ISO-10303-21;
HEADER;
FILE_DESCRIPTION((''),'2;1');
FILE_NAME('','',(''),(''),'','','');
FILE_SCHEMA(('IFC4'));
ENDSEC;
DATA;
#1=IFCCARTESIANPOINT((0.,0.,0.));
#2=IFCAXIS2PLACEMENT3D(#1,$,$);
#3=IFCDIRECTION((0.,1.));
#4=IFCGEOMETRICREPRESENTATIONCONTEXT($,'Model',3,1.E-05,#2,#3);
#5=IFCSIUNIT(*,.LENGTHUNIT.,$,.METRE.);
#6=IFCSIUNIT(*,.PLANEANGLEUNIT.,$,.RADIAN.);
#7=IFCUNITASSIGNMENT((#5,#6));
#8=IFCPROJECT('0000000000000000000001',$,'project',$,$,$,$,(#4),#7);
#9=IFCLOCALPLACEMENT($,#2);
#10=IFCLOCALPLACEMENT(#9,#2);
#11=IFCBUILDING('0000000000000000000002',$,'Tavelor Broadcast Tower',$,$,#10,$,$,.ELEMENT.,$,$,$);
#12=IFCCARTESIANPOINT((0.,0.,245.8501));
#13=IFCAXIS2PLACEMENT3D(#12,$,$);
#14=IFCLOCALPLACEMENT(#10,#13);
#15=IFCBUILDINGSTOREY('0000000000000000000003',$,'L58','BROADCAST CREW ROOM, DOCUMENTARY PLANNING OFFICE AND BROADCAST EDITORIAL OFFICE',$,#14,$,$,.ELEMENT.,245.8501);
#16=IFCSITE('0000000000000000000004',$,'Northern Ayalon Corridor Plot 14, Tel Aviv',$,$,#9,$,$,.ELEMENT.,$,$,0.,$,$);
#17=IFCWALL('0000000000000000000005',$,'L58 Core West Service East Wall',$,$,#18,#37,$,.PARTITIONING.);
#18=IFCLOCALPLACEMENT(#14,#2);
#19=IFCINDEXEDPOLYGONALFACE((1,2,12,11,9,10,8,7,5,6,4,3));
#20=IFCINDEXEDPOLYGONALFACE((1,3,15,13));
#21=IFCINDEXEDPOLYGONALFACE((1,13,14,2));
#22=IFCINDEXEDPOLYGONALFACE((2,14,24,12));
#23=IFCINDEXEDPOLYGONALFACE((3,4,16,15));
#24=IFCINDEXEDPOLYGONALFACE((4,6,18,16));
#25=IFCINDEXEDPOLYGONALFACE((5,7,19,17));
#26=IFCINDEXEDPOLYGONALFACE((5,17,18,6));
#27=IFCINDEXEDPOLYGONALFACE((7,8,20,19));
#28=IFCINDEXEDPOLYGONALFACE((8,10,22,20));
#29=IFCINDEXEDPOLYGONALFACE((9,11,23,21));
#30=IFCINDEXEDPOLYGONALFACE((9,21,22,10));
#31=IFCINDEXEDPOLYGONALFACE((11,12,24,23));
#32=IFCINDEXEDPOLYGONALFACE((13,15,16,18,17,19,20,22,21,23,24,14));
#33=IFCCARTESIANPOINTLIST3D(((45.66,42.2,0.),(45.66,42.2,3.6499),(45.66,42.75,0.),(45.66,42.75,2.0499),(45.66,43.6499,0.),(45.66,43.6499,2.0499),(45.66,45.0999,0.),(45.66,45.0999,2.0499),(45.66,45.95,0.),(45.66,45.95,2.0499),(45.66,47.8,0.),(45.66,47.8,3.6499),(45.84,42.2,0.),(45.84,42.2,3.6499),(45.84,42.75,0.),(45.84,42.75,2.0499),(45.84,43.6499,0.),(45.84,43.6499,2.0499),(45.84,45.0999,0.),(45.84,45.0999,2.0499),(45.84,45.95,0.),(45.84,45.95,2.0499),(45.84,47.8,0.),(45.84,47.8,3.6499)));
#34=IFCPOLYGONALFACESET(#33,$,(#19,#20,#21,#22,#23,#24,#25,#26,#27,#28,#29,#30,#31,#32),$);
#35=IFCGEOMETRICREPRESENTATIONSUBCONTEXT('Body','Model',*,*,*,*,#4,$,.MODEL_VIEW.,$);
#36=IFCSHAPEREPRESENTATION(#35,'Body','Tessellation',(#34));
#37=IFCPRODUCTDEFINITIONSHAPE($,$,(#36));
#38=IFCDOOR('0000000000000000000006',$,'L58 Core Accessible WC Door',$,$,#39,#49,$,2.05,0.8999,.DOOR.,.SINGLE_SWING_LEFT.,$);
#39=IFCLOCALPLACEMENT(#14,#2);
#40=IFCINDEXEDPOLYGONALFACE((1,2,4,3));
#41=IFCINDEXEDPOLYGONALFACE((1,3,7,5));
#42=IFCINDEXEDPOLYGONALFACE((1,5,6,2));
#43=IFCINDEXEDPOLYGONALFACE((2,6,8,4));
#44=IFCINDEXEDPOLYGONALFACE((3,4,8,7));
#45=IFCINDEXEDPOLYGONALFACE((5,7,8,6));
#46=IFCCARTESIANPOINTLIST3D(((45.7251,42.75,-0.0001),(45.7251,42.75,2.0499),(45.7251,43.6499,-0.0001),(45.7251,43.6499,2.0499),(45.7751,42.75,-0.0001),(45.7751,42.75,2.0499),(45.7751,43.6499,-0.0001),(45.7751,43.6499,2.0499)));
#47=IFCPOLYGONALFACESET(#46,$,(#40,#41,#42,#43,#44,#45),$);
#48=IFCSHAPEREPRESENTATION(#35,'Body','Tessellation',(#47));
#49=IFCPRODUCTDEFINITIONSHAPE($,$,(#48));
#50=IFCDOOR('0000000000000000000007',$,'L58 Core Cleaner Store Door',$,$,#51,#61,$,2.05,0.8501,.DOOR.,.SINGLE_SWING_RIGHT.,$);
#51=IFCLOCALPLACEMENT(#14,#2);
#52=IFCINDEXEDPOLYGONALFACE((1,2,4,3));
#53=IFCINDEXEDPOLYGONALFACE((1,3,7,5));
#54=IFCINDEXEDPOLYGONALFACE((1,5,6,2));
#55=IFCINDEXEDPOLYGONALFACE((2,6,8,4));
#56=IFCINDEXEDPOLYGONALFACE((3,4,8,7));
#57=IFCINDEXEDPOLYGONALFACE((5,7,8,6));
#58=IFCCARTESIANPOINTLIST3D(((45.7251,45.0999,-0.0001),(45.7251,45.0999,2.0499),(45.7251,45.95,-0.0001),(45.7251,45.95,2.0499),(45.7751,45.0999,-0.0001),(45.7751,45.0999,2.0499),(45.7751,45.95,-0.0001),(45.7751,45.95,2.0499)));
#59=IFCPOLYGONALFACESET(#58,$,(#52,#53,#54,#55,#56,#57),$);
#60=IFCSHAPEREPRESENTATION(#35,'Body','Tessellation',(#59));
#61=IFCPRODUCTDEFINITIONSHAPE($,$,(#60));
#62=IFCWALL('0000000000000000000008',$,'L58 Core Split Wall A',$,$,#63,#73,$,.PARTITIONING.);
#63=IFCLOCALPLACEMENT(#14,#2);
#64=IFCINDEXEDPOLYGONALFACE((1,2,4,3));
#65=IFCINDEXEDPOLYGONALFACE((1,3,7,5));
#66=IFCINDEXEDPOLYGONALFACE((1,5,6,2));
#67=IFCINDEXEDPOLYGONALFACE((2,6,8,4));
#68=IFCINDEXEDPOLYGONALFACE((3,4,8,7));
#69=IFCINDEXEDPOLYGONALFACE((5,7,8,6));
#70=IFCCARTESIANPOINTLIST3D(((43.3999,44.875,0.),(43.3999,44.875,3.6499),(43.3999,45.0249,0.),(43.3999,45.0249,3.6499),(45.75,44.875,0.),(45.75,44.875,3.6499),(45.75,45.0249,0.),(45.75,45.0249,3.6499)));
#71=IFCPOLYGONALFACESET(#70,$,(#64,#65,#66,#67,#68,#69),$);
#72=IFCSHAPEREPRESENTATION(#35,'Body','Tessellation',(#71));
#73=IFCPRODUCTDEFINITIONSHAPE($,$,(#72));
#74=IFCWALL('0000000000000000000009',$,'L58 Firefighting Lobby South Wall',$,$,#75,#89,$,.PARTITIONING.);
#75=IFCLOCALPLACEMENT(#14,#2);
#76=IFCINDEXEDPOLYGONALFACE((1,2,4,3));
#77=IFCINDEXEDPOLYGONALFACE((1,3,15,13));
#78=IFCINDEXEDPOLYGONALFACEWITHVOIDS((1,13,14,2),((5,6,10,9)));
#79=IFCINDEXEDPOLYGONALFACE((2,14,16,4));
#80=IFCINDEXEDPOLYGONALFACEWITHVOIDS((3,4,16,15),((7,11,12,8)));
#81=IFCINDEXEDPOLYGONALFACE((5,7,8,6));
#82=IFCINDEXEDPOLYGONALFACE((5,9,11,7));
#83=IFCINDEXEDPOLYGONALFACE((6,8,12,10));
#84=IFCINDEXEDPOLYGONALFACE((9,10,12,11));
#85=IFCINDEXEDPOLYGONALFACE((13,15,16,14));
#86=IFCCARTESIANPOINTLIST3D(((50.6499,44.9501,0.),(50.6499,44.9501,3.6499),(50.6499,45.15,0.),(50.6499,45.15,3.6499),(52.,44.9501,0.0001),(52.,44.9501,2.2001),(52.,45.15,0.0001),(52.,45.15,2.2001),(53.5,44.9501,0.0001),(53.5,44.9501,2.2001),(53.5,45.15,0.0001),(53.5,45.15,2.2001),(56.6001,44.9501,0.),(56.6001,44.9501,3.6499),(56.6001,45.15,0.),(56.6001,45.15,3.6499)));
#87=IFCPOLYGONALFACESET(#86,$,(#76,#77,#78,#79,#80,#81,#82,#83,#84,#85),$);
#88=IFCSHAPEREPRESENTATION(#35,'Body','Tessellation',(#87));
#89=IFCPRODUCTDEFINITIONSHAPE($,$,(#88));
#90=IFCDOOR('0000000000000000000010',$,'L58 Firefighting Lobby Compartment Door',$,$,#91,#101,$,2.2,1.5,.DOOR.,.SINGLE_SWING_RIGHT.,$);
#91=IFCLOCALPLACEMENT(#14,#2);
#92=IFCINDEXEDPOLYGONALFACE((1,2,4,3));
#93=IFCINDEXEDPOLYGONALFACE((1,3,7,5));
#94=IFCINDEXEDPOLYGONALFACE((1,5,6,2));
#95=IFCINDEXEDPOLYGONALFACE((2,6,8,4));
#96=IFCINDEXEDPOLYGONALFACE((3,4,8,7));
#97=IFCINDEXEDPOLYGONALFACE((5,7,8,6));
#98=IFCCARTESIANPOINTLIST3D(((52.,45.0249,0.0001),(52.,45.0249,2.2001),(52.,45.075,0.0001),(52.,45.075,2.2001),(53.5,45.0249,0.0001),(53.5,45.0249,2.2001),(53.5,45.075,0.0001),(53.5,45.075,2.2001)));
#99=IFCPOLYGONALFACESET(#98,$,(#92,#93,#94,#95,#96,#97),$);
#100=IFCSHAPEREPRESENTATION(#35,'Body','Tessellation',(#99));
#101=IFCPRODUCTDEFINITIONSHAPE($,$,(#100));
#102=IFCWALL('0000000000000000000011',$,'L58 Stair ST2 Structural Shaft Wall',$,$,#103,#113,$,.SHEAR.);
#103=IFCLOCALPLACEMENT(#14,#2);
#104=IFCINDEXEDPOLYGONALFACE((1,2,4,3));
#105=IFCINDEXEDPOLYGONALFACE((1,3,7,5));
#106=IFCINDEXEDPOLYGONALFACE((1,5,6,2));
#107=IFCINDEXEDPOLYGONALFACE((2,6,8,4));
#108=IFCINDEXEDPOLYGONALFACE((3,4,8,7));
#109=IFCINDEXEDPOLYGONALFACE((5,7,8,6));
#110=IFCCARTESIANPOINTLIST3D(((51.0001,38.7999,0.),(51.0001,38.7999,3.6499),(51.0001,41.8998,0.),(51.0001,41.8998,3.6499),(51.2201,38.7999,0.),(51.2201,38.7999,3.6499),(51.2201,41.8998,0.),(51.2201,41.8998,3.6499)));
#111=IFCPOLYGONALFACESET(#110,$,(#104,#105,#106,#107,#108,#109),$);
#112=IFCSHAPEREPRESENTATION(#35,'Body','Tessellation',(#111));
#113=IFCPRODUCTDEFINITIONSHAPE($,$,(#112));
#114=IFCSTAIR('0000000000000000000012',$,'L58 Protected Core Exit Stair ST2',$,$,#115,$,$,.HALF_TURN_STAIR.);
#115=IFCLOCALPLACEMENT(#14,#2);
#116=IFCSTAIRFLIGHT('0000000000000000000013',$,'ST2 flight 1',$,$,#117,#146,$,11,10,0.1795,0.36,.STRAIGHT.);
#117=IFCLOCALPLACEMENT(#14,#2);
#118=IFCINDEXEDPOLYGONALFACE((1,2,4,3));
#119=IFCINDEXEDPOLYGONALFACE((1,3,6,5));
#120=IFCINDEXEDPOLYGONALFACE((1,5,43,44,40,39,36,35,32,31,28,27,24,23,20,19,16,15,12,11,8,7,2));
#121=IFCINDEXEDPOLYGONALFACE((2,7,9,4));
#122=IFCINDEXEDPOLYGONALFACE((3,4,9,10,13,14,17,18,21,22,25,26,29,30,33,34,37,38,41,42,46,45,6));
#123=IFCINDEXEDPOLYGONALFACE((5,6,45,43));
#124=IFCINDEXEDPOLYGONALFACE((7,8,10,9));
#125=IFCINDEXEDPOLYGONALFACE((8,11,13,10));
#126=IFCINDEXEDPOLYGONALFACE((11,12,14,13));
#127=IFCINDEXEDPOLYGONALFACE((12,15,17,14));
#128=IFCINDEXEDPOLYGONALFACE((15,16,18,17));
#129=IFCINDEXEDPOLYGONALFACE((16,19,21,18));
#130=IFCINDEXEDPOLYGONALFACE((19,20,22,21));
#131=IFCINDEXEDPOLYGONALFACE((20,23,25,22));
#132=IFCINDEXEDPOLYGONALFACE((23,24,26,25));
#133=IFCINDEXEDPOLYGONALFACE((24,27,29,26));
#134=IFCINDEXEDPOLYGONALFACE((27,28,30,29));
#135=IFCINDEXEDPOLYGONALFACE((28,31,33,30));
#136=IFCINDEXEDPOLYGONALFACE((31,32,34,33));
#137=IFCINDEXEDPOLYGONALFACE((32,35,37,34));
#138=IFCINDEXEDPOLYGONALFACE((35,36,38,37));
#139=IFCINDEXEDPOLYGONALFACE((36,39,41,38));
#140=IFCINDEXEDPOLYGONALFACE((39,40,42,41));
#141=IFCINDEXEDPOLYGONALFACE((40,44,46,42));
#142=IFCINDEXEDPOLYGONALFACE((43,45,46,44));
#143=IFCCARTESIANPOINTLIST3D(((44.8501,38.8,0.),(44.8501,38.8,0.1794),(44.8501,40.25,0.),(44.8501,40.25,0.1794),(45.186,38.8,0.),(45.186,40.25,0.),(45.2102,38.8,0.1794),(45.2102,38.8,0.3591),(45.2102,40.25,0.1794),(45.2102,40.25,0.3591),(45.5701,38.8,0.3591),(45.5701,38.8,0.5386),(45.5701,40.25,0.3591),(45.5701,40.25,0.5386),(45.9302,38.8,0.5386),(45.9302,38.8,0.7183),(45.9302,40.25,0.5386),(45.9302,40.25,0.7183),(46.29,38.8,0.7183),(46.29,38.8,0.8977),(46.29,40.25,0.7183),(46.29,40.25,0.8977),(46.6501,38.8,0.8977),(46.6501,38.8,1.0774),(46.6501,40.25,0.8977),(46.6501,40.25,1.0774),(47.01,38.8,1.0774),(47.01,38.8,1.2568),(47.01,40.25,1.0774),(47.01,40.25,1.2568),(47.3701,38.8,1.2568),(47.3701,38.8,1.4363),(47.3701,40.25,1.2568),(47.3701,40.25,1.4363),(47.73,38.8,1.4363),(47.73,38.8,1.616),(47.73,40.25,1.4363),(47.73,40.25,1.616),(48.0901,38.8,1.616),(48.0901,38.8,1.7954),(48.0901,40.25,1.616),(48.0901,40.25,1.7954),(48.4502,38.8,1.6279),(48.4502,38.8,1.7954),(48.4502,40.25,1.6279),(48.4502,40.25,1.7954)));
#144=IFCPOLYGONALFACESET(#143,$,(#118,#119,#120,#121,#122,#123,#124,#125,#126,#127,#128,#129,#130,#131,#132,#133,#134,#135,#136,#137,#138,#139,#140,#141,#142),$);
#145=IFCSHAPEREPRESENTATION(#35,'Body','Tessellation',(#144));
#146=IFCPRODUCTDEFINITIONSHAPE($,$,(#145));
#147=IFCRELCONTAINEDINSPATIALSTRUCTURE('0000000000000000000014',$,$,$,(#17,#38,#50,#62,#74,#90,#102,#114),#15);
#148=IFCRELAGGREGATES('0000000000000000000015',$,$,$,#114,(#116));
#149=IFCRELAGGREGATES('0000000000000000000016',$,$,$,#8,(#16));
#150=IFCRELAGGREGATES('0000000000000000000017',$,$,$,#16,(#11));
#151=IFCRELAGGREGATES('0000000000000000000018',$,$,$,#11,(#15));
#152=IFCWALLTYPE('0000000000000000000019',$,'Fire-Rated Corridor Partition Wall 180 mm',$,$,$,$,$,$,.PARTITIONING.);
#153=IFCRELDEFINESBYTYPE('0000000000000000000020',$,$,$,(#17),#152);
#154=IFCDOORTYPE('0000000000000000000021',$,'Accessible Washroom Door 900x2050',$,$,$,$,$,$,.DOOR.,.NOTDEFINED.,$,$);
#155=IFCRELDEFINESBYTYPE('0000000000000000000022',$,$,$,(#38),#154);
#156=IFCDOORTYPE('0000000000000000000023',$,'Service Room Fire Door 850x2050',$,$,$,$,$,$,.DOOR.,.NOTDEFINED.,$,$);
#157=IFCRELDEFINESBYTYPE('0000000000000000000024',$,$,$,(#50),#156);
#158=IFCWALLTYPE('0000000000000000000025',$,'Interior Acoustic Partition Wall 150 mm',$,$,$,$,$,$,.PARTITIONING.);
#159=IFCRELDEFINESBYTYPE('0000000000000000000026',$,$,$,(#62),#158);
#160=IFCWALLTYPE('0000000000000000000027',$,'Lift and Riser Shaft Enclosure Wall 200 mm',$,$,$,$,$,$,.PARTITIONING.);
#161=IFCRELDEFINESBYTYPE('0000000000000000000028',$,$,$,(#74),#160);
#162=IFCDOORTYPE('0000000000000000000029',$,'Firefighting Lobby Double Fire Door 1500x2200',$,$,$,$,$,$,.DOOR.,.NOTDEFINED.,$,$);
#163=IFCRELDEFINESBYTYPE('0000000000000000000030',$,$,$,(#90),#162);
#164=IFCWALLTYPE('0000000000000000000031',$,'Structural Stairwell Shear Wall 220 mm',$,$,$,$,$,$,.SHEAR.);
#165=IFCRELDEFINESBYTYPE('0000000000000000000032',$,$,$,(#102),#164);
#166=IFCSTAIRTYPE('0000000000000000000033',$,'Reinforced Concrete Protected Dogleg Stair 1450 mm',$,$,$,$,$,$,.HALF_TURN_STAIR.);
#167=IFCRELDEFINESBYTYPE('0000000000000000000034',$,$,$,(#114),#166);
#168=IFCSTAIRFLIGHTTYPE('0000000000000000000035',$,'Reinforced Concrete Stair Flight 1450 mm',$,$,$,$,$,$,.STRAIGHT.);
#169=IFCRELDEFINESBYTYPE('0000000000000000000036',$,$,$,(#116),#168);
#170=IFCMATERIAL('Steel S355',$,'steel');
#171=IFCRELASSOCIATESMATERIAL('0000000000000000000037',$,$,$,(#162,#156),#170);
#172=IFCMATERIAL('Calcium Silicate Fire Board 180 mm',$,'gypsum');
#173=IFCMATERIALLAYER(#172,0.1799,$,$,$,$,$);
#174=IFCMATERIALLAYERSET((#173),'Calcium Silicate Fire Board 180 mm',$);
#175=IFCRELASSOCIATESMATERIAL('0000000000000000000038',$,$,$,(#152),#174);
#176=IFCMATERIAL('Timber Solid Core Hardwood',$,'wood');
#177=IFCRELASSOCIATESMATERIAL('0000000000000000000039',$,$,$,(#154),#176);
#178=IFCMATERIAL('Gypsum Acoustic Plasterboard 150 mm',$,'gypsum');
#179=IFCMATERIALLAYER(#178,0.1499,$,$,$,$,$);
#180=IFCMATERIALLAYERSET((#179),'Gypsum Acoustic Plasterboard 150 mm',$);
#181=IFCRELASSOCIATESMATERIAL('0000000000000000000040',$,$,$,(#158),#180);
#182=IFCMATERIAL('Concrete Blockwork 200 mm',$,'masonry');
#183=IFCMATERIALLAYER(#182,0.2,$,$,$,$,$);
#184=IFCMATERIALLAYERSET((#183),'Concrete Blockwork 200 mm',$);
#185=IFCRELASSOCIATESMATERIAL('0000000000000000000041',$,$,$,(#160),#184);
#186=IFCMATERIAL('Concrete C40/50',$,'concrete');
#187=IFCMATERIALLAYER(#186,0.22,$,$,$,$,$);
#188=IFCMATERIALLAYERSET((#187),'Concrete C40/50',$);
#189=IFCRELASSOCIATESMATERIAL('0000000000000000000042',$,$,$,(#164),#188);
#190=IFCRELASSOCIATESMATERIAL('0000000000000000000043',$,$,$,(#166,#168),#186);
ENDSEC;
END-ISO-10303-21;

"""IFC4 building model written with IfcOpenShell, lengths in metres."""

from ifc_helpers import new_model, si_unit, direction, frame, frame_2d, origin, place, context, subcontext, project, spatial, polyline, rectangle, outline, extrude, material, layer, layer_set, type_object, element, fill, aggregate, save


model = new_model("IFC4")

# Units and contexts
model_context = context("Model", 3, precision=1e-05, world=origin(), true_north=direction((0.0, 1.0)))
body_context = subcontext(model_context, "Body", "Model", "MODEL_VIEW")
ifc_project = project(units=[si_unit("LENGTHUNIT", "METRE"), si_unit("PLANEANGLEUNIT", "RADIAN")], contexts=[model_context])

# Site, building, storey
site_placement = place(None, origin())
site = spatial("IfcSite", under=ifc_project, at=site_placement, Name="Northern Ayalon Corridor Plot 14, Tel Aviv", CompositionType="ELEMENT", RefElevation=0.0)
building_placement = place(site_placement, origin())
building = spatial("IfcBuilding", under=site, at=building_placement, Name="Tavelor Broadcast Tower", CompositionType="ELEMENT")
storey_placement = place(building_placement, frame((0.0, 0.0, 245.8501)))
storey = spatial("IfcBuildingStorey", under=building, at=storey_placement, Name="L58", Description="BROADCAST CREW ROOM, DOCUMENTARY PLANNING OFFICE AND BROADCAST EDITORIAL OFFICE", CompositionType="ELEMENT", Elevation=245.8501)

# Shared definitions
ifc_material_1 = material(Name="Concrete C40/50", Category="concrete")
ifc_material_2 = material(Name="Steel S355", Category="steel")

# Shared definitions
door_type_1 = type_object("IfcDoorType", Name="Firefighting Lobby Double Fire Door 1500x2200", OperationType="NOTDEFINED", PredefinedType="DOOR", material=ifc_material_2)

# Wall, openings, doors
ifc_material_3 = material(Name="Calcium Silicate Fire Board 180 mm", Category="gypsum")
ifc_layer_1 = layer(ifc_material_3, 0.1799)
ifc_layer_set_1 = layer_set([ifc_layer_1], Name="Calcium Silicate Fire Board 180 mm")
wall_type_1 = type_object("IfcWallType", Name="Fire-Rated Corridor Partition Wall 180 mm", PredefinedType="PARTITIONING", material=ifc_layer_set_1)
wall_1_placement = place(storey_placement, frame((45.75, 42.2, 0.0), z_axis=(0.0, 0.0, 1.0), x_axis=(0.0, 1.0, 0.0)))
wall_1 = element("IfcWall", 1, at=wall_1_placement, inside=storey, type_object=wall_type_1, Name="L58 Core West Service East Wall", PredefinedType="PARTITIONING", context=body_context, shape_type="SweptSolid", body=[
    extrude(rectangle(XDim=5.6001, YDim=0.1799, at=frame_2d((2.8, 0.0))), origin(), (0.0, 0.0, 1.0), 3.6499),
])
opening_1_placement = place(wall_1_placement, frame((0.55, 0.0, 0.0)))
opening_1 = element("IfcOpeningElement", 2, at=opening_1_placement, cuts=wall_1, PredefinedType="OPENING", context=body_context, shape_type="SweptSolid", body=[
    extrude(rectangle(XDim=0.8999, YDim=2.05, at=frame_2d((0.45, 1.0249))), frame((0.0, 0.1001, 0.0), z_axis=(0.0, -1.0, 0.0), x_axis=(1.0, 0.0, 0.0)), (0.0, 0.0, 1.0), 0.2),
])
opening_2_placement = place(wall_1_placement, frame((2.8999, 0.0, 0.0)))
opening_2 = element("IfcOpeningElement", 3, at=opening_2_placement, cuts=wall_1, PredefinedType="OPENING", context=body_context, shape_type="SweptSolid", body=[
    extrude(rectangle(XDim=0.8501, YDim=2.05, at=frame_2d((0.425, 1.0249))), frame((0.0, 0.1001, 0.0), z_axis=(0.0, -1.0, 0.0), x_axis=(1.0, 0.0, 0.0)), (0.0, 0.0, 1.0), 0.2),
])
ifc_material_4 = material(Name="Timber Solid Core Hardwood", Category="wood")
door_type_2 = type_object("IfcDoorType", Name="Accessible Washroom Door 900x2050", OperationType="NOTDEFINED", PredefinedType="DOOR", material=ifc_material_4)
door_1_placement = place(opening_1_placement, origin())
door_1 = element("IfcDoor", 4, at=door_1_placement, inside=storey, type_object=door_type_2, Name="L58 Core Accessible WC Door", OperationType="SINGLE_SWING_LEFT", OverallHeight=2.05, OverallWidth=0.8999, PredefinedType="DOOR", context=body_context, shape_type="SweptSolid", body=[
    extrude(rectangle(XDim=0.8999, YDim=2.05, at=frame_2d((0.45, 1.0249))), frame((0.0, 0.0249, 0.0), z_axis=(0.0, -1.0, 0.0), x_axis=(1.0, 0.0, 0.0)), (0.0, 0.0, 1.0), 0.05),
])
fill(opening_1, door_1)
door_type_3 = type_object("IfcDoorType", Name="Service Room Fire Door 850x2050", OperationType="NOTDEFINED", PredefinedType="DOOR", material=ifc_material_2)
door_2_placement = place(opening_2_placement, origin())
door_2 = element("IfcDoor", 5, at=door_2_placement, inside=storey, type_object=door_type_3, Name="L58 Core Cleaner Store Door", OperationType="SINGLE_SWING_RIGHT", OverallHeight=2.05, OverallWidth=0.8501, PredefinedType="DOOR", context=body_context, shape_type="SweptSolid", body=[
    extrude(rectangle(XDim=0.8501, YDim=2.05, at=frame_2d((0.425, 1.0249))), frame((0.0, 0.0249, 0.0), z_axis=(0.0, -1.0, 0.0), x_axis=(1.0, 0.0, 0.0)), (0.0, 0.0, 1.0), 0.05),
])
fill(opening_2, door_2)

# Wall
ifc_material_5 = material(Name="Gypsum Acoustic Plasterboard 150 mm", Category="gypsum")
ifc_layer_2 = layer(ifc_material_5, 0.1499)
ifc_layer_set_2 = layer_set([ifc_layer_2], Name="Gypsum Acoustic Plasterboard 150 mm")
wall_type_2 = type_object("IfcWallType", Name="Interior Acoustic Partition Wall 150 mm", PredefinedType="PARTITIONING", material=ifc_layer_set_2)
wall_2_placement = place(storey_placement, frame((43.3999, 44.95, 0.0), z_axis=(0.0, 0.0, 1.0), x_axis=(1.0, 0.0, 0.0)))
element("IfcWall", 6, at=wall_2_placement, inside=storey, type_object=wall_type_2, Name="L58 Core Split Wall A", PredefinedType="PARTITIONING", context=body_context, shape_type="SweptSolid", body=[
    extrude(rectangle(XDim=2.3501, YDim=0.1499, at=frame_2d((1.175, 0.0))), origin(), (0.0, 0.0, 1.0), 3.6499),
])

# Wall, opening, door
ifc_material_6 = material(Name="Concrete Blockwork 200 mm", Category="masonry")
ifc_layer_3 = layer(ifc_material_6, 0.2)
ifc_layer_set_3 = layer_set([ifc_layer_3], Name="Concrete Blockwork 200 mm")
wall_type_3 = type_object("IfcWallType", Name="Lift and Riser Shaft Enclosure Wall 200 mm", PredefinedType="PARTITIONING", material=ifc_layer_set_3)
wall_3_placement = place(storey_placement, frame((50.6499, 45.05, 0.0), z_axis=(0.0, 0.0, 1.0), x_axis=(1.0, 0.0, 0.0)))
wall_3 = element("IfcWall", 7, at=wall_3_placement, inside=storey, type_object=wall_type_3, Name="L58 Firefighting Lobby South Wall", PredefinedType="PARTITIONING", context=body_context, shape_type="SweptSolid", body=[
    extrude(rectangle(XDim=5.9502, YDim=0.2, at=frame_2d((2.9751, 0.0))), origin(), (0.0, 0.0, 1.0), 3.6499),
])
opening_3_placement = place(wall_3_placement, frame((1.3501, 0.0, 0.0)))
opening_3 = element("IfcOpeningElement", 8, at=opening_3_placement, cuts=wall_3, PredefinedType="OPENING", context=body_context, shape_type="SweptSolid", body=[
    extrude(rectangle(XDim=1.5, YDim=2.2, at=frame_2d((0.75, 1.1001))), frame((0.0, 0.1099, 0.0), z_axis=(0.0, -1.0, 0.0), x_axis=(1.0, 0.0, 0.0)), (0.0, 0.0, 1.0), 0.22),
])
door_3_placement = place(opening_3_placement, origin())
door_3 = element("IfcDoor", 9, at=door_3_placement, inside=storey, type_object=door_type_1, Name="L58 Firefighting Lobby Compartment Door", OperationType="SINGLE_SWING_RIGHT", OverallHeight=2.2, OverallWidth=1.5, PredefinedType="DOOR", context=body_context, shape_type="SweptSolid", body=[
    extrude(rectangle(XDim=1.5, YDim=2.2, at=frame_2d((0.75, 1.1001))), frame((0.0, 0.0249, 0.0), z_axis=(0.0, -1.0, 0.0), x_axis=(1.0, 0.0, 0.0)), (0.0, 0.0, 1.0), 0.05),
])
fill(opening_3, door_3)

# Wall
ifc_layer_4 = layer(ifc_material_1, 0.22)
ifc_layer_set_4 = layer_set([ifc_layer_4], Name="Concrete C40/50")
wall_type_4 = type_object("IfcWallType", Name="Structural Stairwell Shear Wall 220 mm", PredefinedType="SHEAR", material=ifc_layer_set_4)
wall_4_placement = place(storey_placement, frame((51.1101, 38.8, 0.0), z_axis=(0.0, 0.0, 1.0), x_axis=(0.0, 1.0, 0.0)))
element("IfcWall", 10, at=wall_4_placement, inside=storey, type_object=wall_type_4, Name="L58 Stair ST2 Structural Shaft Wall", PredefinedType="SHEAR", context=body_context, shape_type="SweptSolid", body=[
    extrude(rectangle(XDim=3.0999, YDim=0.22, at=frame_2d((1.5498, 0.0))), origin(), (0.0, 0.0, 1.0), 3.6499),
])

# Stair, stair flight
stair_type = type_object("IfcStairType", Name="Reinforced Concrete Protected Dogleg Stair 1450 mm", PredefinedType="HALF_TURN_STAIR", material=ifc_material_1)
stair_placement = place(storey_placement, origin())
stair = element("IfcStair", 11, at=stair_placement, inside=storey, type_object=stair_type, Name="L58 Protected Core Exit Stair ST2", PredefinedType="HALF_TURN_STAIR")
stair_flight_type = type_object("IfcStairFlightType", Name="Reinforced Concrete Stair Flight 1450 mm", PredefinedType="STRAIGHT", material=ifc_material_1)
stair_flight_1_placement = place(storey_placement, frame((44.8501, 39.5249, 0.0), z_axis=(0.0, 0.0, 1.0), x_axis=(1.0, 0.0, 0.0)))
stair_flight_1 = element("IfcStairFlight", 12, at=stair_flight_1_placement, type_object=stair_flight_type, Name="ST2 flight 1", NumberOfRisers=11, NumberOfTreads=10, PredefinedType="STRAIGHT", RiserHeight=0.1795, TreadLength=0.36, context=body_context, shape_type="SweptSolid", body=[
    extrude(outline(polyline([(0.0, 0.0), (0.0, 0.1794), (0.3601, 0.1794), (0.3601, 0.3591), (0.72, 0.3591), (0.72, 0.5386), (1.0801, 0.5386), (1.0801, 0.7183), (1.4399, 0.7183), (1.4399, 0.8977), (1.8, 0.8977), (1.8, 1.0774), (2.1599, 1.0774), (2.1599, 1.2568), (2.52, 1.2568), (2.52, 1.4363), (2.8799, 1.4363), (2.8799, 1.616), (3.24, 1.616), (3.24, 1.7954), (3.6001, 1.7954), (3.6001, 1.9751), (3.6001, 1.6279), (0.3359, 0.0), (0.0, 0.0)])), frame((0.0, 0.7251, 0.0), z_axis=(0.0, -1.0, 0.0), x_axis=(1.0, 0.0, 0.0)), (0.0, 0.0, 1.0), 1.45),
])
aggregate(stair, [stair_flight_1])

save(model, "model.ifc")
